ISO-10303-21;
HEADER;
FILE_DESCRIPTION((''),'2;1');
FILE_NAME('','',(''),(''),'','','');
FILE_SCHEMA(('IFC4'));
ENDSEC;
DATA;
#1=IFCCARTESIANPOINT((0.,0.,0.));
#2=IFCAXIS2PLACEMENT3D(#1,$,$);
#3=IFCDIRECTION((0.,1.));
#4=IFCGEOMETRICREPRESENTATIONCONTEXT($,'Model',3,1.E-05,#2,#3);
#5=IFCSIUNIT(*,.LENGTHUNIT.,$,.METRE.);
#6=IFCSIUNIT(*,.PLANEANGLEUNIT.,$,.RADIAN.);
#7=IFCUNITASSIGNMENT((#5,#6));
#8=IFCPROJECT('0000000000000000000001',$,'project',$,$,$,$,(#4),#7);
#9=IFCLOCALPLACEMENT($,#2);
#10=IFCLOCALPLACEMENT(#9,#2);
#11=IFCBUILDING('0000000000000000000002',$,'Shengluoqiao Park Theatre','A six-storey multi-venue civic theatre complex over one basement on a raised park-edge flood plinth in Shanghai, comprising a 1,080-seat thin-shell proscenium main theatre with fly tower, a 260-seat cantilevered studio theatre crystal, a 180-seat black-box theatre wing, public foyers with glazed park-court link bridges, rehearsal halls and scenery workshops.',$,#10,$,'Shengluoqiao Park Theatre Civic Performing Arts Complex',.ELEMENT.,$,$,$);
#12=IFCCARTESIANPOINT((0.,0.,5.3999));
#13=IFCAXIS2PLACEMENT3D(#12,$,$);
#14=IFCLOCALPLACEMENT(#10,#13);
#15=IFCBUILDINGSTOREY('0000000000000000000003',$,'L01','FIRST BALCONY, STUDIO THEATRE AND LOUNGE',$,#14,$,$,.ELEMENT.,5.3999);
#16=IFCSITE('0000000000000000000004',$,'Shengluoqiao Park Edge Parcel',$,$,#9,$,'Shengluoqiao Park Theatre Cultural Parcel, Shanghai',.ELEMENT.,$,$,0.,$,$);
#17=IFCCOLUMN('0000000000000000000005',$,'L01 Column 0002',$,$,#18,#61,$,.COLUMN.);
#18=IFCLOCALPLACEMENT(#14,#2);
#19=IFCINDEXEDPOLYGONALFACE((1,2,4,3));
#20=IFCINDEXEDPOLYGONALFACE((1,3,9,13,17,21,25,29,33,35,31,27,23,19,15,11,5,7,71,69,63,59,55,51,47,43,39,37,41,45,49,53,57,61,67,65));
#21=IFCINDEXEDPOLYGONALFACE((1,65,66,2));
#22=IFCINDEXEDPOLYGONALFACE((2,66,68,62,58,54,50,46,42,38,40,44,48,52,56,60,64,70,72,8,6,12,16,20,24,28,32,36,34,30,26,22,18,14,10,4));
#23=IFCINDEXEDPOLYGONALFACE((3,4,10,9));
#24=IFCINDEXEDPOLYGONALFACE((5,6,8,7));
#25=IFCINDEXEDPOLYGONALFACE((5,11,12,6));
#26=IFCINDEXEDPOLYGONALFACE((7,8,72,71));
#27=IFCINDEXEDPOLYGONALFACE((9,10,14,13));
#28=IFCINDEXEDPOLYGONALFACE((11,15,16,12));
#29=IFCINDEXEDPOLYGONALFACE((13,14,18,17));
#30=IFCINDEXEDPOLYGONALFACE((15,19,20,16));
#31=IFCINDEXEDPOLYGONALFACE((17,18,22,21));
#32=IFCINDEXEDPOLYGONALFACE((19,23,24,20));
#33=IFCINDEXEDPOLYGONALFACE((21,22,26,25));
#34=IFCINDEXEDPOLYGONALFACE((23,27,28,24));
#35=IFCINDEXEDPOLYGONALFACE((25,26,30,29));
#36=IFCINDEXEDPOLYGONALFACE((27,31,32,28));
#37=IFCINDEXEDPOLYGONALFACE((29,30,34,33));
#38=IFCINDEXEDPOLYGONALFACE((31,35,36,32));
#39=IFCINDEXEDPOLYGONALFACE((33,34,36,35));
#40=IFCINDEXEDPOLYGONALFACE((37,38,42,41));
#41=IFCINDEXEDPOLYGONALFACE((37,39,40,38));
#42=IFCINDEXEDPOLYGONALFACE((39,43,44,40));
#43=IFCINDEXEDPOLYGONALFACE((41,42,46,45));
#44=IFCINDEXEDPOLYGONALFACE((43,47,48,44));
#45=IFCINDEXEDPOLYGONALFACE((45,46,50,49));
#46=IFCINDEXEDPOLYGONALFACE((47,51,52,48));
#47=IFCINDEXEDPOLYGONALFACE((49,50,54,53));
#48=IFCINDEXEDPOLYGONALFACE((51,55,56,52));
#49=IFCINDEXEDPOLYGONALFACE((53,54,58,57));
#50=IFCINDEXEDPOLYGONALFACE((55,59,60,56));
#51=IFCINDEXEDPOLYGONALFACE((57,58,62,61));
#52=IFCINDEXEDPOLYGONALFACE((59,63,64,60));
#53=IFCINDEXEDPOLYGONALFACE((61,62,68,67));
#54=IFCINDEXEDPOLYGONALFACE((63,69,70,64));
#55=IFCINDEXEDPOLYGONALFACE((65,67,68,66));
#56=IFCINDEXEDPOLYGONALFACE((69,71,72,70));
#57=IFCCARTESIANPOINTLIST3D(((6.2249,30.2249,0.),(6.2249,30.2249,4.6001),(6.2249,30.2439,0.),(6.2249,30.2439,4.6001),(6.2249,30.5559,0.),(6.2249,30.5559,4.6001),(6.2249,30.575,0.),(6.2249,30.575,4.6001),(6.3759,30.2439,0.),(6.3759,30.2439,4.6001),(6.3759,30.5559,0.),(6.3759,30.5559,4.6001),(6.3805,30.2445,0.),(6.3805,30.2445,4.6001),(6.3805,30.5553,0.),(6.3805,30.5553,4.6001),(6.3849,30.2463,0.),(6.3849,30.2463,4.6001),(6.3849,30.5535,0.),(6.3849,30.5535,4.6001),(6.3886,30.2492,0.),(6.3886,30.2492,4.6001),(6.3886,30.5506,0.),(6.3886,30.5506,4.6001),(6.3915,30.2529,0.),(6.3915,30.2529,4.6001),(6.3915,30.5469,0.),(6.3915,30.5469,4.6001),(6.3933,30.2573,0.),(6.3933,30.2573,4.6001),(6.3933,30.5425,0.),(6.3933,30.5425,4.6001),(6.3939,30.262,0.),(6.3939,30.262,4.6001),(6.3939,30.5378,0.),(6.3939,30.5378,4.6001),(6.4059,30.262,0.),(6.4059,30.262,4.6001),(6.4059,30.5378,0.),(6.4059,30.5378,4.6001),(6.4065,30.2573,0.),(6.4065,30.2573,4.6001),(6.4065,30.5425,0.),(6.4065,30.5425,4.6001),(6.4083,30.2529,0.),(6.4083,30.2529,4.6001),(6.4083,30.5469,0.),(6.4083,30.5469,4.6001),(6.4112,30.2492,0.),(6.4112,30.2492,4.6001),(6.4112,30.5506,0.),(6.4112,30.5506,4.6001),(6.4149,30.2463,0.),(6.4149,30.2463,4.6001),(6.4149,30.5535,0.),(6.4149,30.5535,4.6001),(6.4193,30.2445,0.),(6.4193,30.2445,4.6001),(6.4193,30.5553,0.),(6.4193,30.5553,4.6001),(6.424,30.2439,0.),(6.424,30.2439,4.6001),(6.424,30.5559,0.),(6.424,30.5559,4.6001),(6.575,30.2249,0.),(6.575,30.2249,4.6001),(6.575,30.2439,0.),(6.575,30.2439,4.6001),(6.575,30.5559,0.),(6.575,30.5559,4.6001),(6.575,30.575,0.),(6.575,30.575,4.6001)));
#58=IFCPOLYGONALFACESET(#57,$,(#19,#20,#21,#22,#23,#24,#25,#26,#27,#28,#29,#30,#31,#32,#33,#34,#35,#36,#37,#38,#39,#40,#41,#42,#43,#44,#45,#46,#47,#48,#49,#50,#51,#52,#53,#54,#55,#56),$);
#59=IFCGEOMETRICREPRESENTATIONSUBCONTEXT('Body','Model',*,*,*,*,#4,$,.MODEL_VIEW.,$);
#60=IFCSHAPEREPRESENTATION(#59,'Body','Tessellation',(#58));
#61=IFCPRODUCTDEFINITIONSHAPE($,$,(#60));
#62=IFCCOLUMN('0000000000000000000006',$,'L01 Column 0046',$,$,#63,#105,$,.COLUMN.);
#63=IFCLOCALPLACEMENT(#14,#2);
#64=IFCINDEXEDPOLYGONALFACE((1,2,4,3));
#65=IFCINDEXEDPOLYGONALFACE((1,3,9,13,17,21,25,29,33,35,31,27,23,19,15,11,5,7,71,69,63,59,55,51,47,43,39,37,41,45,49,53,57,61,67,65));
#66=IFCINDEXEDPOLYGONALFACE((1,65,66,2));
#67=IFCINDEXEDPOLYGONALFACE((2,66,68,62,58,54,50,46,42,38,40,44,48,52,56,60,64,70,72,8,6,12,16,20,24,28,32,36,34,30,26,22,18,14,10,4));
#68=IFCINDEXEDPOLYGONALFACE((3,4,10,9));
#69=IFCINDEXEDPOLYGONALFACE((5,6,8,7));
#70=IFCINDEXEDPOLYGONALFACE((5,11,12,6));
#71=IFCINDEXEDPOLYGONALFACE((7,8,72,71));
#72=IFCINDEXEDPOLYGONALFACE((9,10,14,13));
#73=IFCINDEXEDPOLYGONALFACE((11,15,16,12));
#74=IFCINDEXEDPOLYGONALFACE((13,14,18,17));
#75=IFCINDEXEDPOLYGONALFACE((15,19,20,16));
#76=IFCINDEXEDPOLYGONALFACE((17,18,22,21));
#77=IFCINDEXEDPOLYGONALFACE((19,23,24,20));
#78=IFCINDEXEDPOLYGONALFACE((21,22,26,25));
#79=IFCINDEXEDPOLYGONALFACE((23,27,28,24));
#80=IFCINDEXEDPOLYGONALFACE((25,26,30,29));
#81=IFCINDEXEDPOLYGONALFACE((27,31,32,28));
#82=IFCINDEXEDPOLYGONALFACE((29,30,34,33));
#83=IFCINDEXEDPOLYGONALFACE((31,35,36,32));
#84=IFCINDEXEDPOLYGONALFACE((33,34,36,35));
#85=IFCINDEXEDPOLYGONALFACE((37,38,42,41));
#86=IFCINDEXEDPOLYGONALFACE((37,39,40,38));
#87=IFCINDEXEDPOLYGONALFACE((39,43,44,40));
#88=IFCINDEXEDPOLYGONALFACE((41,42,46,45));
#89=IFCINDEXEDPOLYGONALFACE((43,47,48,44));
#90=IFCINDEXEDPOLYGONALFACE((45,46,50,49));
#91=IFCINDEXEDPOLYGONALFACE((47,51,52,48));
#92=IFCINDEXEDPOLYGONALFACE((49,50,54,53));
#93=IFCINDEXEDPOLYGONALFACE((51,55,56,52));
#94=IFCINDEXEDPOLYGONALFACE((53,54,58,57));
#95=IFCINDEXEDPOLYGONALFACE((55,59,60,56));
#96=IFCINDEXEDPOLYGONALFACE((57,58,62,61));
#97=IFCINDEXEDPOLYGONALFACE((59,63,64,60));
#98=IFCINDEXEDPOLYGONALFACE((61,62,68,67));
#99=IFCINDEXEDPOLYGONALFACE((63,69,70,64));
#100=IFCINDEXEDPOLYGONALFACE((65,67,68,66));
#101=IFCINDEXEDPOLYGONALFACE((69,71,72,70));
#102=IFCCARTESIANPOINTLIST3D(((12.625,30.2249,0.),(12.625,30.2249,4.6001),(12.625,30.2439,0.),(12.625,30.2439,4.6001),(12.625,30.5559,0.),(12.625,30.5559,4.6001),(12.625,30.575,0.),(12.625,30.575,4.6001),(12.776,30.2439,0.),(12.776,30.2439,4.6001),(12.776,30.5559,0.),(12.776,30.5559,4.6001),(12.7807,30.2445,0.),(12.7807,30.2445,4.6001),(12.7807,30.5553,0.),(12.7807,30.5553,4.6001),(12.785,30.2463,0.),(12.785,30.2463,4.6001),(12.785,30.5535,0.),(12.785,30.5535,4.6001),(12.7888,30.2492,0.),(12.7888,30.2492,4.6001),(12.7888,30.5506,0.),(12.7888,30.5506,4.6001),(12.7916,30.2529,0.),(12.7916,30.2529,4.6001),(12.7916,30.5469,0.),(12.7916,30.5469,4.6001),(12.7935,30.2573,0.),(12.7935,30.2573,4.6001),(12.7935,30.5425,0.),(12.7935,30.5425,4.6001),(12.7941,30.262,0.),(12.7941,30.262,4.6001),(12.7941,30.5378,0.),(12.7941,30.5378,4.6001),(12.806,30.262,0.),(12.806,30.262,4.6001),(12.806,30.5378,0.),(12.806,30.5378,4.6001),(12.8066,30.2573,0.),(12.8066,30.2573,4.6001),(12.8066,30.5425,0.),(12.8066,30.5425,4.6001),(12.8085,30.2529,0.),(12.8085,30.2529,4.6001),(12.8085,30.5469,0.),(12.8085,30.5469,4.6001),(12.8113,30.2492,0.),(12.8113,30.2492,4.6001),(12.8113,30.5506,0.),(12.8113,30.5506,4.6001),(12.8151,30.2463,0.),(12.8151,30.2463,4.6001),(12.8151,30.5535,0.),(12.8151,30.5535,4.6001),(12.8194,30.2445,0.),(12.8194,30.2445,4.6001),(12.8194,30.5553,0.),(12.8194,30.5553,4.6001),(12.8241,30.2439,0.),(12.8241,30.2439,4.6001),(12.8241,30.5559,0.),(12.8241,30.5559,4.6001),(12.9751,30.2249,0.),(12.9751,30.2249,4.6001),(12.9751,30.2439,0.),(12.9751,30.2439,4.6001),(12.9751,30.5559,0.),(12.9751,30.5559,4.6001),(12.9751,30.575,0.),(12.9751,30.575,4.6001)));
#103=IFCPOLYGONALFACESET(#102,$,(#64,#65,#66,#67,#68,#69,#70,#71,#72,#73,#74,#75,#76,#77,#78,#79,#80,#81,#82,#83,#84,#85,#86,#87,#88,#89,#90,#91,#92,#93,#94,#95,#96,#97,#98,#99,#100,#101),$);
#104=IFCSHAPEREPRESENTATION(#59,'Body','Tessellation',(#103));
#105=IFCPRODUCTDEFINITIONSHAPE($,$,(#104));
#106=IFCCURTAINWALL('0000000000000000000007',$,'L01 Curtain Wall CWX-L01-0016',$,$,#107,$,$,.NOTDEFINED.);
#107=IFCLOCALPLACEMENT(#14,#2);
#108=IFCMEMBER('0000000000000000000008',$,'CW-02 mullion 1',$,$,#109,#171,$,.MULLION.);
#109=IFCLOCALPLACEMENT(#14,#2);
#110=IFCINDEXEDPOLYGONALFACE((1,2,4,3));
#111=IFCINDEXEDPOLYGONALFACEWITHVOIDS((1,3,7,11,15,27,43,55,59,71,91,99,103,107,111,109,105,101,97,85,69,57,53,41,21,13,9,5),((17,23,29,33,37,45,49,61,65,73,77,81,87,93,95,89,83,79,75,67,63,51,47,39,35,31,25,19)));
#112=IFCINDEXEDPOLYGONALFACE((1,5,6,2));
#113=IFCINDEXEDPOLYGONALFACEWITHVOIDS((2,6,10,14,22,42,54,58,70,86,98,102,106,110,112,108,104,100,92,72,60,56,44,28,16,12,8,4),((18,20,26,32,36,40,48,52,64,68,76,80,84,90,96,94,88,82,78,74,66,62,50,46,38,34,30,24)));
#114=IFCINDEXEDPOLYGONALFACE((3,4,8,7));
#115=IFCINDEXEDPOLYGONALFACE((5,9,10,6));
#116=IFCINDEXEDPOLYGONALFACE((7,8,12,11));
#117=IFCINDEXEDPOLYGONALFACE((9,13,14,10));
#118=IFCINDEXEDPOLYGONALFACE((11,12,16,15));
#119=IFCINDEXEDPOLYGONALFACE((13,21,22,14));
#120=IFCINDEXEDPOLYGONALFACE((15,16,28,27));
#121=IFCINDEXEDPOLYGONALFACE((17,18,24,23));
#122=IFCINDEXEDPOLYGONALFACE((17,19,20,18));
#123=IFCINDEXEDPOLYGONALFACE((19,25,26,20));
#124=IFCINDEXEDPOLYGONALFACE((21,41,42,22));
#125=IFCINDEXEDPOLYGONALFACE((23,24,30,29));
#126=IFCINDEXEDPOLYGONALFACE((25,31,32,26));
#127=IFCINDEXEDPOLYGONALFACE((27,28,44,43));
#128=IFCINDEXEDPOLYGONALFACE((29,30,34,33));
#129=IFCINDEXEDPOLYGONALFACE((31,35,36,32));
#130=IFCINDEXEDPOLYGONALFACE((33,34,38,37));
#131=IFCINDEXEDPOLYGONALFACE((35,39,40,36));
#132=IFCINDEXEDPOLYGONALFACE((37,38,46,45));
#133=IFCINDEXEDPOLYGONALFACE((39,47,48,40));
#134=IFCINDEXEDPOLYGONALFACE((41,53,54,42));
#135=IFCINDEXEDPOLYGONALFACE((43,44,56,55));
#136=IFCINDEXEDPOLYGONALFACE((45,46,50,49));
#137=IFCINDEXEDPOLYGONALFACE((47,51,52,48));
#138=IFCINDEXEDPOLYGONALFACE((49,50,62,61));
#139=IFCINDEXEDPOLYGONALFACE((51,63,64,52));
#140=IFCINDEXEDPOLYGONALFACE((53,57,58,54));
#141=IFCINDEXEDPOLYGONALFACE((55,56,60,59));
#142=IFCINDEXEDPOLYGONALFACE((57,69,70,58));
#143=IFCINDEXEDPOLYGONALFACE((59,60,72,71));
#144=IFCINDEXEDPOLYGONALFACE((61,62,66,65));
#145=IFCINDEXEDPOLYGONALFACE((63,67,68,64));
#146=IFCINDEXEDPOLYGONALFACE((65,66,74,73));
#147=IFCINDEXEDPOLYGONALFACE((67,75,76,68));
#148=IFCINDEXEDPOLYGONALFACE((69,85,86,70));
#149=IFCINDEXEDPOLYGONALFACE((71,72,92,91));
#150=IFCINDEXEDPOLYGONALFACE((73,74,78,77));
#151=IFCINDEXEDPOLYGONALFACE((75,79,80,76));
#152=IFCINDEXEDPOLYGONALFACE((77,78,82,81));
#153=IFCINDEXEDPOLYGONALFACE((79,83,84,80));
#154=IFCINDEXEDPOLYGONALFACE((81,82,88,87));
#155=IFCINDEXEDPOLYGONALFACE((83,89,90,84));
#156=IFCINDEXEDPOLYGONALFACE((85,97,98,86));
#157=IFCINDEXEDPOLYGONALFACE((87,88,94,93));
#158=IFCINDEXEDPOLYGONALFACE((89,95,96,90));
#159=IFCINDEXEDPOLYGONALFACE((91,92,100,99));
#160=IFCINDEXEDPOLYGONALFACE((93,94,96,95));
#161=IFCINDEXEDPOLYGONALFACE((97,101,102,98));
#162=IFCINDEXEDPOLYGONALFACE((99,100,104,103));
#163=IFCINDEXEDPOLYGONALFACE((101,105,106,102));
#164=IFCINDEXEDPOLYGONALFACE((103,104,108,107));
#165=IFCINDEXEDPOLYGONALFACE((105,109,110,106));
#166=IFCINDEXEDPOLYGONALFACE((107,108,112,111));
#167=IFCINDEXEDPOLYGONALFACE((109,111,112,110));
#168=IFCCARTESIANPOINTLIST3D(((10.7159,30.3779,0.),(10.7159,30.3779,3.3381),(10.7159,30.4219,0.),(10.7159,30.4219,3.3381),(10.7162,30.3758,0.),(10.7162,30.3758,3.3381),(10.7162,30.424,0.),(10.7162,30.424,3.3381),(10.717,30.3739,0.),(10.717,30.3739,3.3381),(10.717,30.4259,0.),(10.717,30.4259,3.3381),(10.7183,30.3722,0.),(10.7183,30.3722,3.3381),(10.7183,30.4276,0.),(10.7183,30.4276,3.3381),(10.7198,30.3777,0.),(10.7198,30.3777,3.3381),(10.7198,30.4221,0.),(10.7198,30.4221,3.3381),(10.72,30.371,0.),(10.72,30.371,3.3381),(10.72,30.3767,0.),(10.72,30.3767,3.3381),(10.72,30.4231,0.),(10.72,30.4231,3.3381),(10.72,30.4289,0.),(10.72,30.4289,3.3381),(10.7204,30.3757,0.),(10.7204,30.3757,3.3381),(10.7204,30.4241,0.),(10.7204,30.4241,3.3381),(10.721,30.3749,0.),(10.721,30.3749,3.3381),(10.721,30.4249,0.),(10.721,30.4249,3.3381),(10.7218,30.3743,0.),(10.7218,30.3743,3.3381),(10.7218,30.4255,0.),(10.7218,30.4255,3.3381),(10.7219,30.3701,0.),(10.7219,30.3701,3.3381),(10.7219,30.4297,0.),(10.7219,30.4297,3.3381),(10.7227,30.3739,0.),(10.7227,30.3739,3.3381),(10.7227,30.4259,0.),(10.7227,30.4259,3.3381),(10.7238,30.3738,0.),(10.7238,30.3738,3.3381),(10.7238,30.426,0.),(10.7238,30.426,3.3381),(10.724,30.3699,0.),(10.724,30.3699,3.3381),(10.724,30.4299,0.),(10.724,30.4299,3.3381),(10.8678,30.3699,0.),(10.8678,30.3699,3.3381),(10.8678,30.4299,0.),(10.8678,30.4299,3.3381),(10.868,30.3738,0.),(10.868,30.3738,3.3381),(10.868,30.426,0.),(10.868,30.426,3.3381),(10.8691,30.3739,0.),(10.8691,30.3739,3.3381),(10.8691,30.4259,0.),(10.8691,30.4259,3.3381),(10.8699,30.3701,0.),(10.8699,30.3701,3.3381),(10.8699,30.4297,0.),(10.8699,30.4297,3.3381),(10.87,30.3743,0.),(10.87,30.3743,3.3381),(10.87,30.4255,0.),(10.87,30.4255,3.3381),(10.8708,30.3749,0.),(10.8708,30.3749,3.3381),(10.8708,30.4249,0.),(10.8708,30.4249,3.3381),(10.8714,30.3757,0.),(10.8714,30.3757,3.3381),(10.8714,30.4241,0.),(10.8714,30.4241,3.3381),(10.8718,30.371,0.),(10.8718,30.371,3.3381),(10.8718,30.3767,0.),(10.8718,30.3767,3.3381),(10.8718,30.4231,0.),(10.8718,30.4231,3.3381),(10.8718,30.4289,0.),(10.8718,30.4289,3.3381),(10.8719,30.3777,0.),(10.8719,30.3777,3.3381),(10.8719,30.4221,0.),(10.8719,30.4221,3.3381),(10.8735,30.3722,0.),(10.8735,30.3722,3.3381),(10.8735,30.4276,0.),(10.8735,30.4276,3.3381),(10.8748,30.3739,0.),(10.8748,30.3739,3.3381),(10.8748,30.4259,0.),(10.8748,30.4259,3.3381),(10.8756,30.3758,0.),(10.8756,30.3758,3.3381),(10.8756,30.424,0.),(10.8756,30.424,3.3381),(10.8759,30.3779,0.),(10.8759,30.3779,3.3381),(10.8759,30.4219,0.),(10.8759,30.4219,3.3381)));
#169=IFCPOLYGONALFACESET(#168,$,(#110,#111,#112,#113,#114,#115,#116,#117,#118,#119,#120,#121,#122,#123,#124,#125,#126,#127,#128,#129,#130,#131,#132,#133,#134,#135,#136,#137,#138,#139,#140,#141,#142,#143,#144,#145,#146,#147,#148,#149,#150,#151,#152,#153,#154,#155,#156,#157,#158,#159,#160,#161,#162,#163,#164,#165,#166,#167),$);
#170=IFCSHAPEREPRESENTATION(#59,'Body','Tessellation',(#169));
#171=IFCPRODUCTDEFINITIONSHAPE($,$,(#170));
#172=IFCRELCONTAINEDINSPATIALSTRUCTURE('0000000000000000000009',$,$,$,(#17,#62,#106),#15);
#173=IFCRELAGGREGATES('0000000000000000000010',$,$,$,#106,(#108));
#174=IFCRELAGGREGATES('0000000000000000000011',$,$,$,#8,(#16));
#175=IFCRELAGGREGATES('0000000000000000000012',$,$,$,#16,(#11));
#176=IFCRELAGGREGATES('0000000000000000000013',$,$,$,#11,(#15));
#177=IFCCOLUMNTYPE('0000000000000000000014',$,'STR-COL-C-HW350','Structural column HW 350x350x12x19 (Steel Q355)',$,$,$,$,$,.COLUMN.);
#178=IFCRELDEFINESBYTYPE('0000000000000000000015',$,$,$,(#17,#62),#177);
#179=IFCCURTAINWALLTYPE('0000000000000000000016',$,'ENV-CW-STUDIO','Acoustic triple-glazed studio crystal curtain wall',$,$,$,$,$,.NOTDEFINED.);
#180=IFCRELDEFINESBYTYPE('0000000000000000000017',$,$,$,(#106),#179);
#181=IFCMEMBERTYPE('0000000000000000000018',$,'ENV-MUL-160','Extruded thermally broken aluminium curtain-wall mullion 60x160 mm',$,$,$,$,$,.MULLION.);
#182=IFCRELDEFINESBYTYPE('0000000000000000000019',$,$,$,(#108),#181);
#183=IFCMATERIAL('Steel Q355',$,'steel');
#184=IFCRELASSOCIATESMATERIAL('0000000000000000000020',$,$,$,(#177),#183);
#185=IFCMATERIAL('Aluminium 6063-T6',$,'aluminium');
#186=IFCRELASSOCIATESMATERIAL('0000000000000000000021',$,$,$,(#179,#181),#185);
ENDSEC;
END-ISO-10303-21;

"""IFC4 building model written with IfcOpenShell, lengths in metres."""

from ifc_helpers import new_model, si_unit, direction, frame, origin, origin_2d, place, context, subcontext, project, spatial, hollow_rectangle, i_section, extrude, material, material_profile, profile_set, type_object, element, aggregate, save


model = new_model("IFC4")

# Units and contexts
model_context = context("Model", 3, precision=1e-05, world=origin(), true_north=direction((0.0, 1.0)))
body_context = subcontext(model_context, "Body", "Model", "MODEL_VIEW")
ifc_project = project(units=[si_unit("LENGTHUNIT", "METRE"), si_unit("PLANEANGLEUNIT", "RADIAN")], contexts=[model_context])

# Site, building, storey
site_placement = place(None, origin())
site = spatial("IfcSite", under=ifc_project, at=site_placement, Name="Shengluoqiao Park Edge Parcel", LongName="Shengluoqiao Park Theatre Cultural Parcel, Shanghai", CompositionType="ELEMENT", RefElevation=0.0)
building_placement = place(site_placement, origin())
building = spatial("IfcBuilding", under=site, at=building_placement, Name="Shengluoqiao Park Theatre", Description="A six-storey multi-venue civic theatre complex over one basement on a raised park-edge flood plinth in Shanghai, comprising a 1,080-seat thin-shell proscenium main theatre with fly tower, a 260-seat cantilevered studio theatre crystal, a 180-seat black-box theatre wing, public foyers with glazed park-court link bridges, rehearsal halls and scenery workshops.", LongName="Shengluoqiao Park Theatre Civic Performing Arts Complex", CompositionType="ELEMENT")
storey_placement = place(building_placement, frame((0.0, 0.0, 5.3999)))
storey = spatial("IfcBuildingStorey", under=building, at=storey_placement, Name="L01", Description="FIRST BALCONY, STUDIO THEATRE AND LOUNGE", CompositionType="ELEMENT", Elevation=5.3999)

# Columns
ifc_material_1 = material(Name="Steel Q355", Category="steel")
ifc_material_profile_1 = material_profile(ifc_material_1, i_section(OverallWidth=0.3501, OverallDepth=0.3501, WebThickness=0.012, FlangeThickness=0.019, FilletRadius=0.0181, at=origin_2d()), Name="HW 350x350x12x19")
ifc_profile_set_1 = profile_set([ifc_material_profile_1], Name="Steel Q355")
column_type = type_object("IfcColumnType", Name="STR-COL-C-HW350", Description="Structural column HW 350x350x12x19 (Steel Q355)", PredefinedType="COLUMN", material=ifc_profile_set_1)
for number, where, z_axis, x_axis, name in (
    (1, (6.3999, 30.3999, 0.0), (0.0, 0.0, 1.0), (1.0, 0.0, 0.0), "L01 Column 0002"),
    (2, (12.8, 30.3999, 0.0), (0.0, 0.0, 1.0), (1.0, 0.0, 0.0), "L01 Column 0046"),
):
    element("IfcColumn", number, at=place(storey_placement, frame(where, z_axis=z_axis, x_axis=x_axis)), inside=storey, type_object=column_type, Name=name, PredefinedType="COLUMN", context=body_context, shape_type="SweptSolid", body=[
        extrude(i_section(OverallWidth=0.3501, OverallDepth=0.3501, WebThickness=0.012, FlangeThickness=0.019, FilletRadius=0.0181, at=origin_2d()), origin(), (0.0, 0.0, 1.0), 4.6001),
    ])

# Curtain wall, member
ifc_material_2 = material(Name="Aluminium 6063-T6", Category="aluminium")
curtain_wall_type = type_object("IfcCurtainWallType", Name="ENV-CW-STUDIO", Description="Acoustic triple-glazed studio crystal curtain wall", PredefinedType="NOTDEFINED", material=ifc_material_2)
curtain_wall_1_placement = place(storey_placement, origin())
curtain_wall_1 = element("IfcCurtainWall", 3, at=curtain_wall_1_placement, inside=storey, type_object=curtain_wall_type, Name="L01 Curtain Wall CWX-L01-0016", PredefinedType="NOTDEFINED")
ifc_material_profile_2 = material_profile(ifc_material_2, hollow_rectangle(XDim=0.0601, YDim=0.1599, WallThickness=0.0039, InnerFilletRadius=0.0039, OuterFilletRadius=0.0081, at=origin_2d()), Name="ALU MULLION 160x60x4")
ifc_profile_set_2 = profile_set([ifc_material_profile_2], Name="Aluminium 6063-T6")
member_type_1 = type_object("IfcMemberType", Name="ENV-MUL-160", Description="Extruded thermally broken aluminium curtain-wall mullion 60x160 mm", PredefinedType="MULLION", material=ifc_profile_set_2)
member_1_placement = place(storey_placement, frame((10.7959, 30.3999, 0.0), z_axis=(0.0, 0.0, 1.0), x_axis=(0.0, 1.0, 0.0)))
member_1 = element("IfcMember", 4, at=member_1_placement, type_object=member_type_1, Name="CW-02 mullion 1", PredefinedType="MULLION", context=body_context, shape_type="SweptSolid", body=[
    extrude(hollow_rectangle(XDim=0.0601, YDim=0.1599, WallThickness=0.0039, InnerFilletRadius=0.0039, OuterFilletRadius=0.0081, at=origin_2d()), origin(), (0.0, 0.0, 1.0), 3.3381),
])

aggregate(curtain_wall_1, [member_1])

save(model, "model.ifc")
